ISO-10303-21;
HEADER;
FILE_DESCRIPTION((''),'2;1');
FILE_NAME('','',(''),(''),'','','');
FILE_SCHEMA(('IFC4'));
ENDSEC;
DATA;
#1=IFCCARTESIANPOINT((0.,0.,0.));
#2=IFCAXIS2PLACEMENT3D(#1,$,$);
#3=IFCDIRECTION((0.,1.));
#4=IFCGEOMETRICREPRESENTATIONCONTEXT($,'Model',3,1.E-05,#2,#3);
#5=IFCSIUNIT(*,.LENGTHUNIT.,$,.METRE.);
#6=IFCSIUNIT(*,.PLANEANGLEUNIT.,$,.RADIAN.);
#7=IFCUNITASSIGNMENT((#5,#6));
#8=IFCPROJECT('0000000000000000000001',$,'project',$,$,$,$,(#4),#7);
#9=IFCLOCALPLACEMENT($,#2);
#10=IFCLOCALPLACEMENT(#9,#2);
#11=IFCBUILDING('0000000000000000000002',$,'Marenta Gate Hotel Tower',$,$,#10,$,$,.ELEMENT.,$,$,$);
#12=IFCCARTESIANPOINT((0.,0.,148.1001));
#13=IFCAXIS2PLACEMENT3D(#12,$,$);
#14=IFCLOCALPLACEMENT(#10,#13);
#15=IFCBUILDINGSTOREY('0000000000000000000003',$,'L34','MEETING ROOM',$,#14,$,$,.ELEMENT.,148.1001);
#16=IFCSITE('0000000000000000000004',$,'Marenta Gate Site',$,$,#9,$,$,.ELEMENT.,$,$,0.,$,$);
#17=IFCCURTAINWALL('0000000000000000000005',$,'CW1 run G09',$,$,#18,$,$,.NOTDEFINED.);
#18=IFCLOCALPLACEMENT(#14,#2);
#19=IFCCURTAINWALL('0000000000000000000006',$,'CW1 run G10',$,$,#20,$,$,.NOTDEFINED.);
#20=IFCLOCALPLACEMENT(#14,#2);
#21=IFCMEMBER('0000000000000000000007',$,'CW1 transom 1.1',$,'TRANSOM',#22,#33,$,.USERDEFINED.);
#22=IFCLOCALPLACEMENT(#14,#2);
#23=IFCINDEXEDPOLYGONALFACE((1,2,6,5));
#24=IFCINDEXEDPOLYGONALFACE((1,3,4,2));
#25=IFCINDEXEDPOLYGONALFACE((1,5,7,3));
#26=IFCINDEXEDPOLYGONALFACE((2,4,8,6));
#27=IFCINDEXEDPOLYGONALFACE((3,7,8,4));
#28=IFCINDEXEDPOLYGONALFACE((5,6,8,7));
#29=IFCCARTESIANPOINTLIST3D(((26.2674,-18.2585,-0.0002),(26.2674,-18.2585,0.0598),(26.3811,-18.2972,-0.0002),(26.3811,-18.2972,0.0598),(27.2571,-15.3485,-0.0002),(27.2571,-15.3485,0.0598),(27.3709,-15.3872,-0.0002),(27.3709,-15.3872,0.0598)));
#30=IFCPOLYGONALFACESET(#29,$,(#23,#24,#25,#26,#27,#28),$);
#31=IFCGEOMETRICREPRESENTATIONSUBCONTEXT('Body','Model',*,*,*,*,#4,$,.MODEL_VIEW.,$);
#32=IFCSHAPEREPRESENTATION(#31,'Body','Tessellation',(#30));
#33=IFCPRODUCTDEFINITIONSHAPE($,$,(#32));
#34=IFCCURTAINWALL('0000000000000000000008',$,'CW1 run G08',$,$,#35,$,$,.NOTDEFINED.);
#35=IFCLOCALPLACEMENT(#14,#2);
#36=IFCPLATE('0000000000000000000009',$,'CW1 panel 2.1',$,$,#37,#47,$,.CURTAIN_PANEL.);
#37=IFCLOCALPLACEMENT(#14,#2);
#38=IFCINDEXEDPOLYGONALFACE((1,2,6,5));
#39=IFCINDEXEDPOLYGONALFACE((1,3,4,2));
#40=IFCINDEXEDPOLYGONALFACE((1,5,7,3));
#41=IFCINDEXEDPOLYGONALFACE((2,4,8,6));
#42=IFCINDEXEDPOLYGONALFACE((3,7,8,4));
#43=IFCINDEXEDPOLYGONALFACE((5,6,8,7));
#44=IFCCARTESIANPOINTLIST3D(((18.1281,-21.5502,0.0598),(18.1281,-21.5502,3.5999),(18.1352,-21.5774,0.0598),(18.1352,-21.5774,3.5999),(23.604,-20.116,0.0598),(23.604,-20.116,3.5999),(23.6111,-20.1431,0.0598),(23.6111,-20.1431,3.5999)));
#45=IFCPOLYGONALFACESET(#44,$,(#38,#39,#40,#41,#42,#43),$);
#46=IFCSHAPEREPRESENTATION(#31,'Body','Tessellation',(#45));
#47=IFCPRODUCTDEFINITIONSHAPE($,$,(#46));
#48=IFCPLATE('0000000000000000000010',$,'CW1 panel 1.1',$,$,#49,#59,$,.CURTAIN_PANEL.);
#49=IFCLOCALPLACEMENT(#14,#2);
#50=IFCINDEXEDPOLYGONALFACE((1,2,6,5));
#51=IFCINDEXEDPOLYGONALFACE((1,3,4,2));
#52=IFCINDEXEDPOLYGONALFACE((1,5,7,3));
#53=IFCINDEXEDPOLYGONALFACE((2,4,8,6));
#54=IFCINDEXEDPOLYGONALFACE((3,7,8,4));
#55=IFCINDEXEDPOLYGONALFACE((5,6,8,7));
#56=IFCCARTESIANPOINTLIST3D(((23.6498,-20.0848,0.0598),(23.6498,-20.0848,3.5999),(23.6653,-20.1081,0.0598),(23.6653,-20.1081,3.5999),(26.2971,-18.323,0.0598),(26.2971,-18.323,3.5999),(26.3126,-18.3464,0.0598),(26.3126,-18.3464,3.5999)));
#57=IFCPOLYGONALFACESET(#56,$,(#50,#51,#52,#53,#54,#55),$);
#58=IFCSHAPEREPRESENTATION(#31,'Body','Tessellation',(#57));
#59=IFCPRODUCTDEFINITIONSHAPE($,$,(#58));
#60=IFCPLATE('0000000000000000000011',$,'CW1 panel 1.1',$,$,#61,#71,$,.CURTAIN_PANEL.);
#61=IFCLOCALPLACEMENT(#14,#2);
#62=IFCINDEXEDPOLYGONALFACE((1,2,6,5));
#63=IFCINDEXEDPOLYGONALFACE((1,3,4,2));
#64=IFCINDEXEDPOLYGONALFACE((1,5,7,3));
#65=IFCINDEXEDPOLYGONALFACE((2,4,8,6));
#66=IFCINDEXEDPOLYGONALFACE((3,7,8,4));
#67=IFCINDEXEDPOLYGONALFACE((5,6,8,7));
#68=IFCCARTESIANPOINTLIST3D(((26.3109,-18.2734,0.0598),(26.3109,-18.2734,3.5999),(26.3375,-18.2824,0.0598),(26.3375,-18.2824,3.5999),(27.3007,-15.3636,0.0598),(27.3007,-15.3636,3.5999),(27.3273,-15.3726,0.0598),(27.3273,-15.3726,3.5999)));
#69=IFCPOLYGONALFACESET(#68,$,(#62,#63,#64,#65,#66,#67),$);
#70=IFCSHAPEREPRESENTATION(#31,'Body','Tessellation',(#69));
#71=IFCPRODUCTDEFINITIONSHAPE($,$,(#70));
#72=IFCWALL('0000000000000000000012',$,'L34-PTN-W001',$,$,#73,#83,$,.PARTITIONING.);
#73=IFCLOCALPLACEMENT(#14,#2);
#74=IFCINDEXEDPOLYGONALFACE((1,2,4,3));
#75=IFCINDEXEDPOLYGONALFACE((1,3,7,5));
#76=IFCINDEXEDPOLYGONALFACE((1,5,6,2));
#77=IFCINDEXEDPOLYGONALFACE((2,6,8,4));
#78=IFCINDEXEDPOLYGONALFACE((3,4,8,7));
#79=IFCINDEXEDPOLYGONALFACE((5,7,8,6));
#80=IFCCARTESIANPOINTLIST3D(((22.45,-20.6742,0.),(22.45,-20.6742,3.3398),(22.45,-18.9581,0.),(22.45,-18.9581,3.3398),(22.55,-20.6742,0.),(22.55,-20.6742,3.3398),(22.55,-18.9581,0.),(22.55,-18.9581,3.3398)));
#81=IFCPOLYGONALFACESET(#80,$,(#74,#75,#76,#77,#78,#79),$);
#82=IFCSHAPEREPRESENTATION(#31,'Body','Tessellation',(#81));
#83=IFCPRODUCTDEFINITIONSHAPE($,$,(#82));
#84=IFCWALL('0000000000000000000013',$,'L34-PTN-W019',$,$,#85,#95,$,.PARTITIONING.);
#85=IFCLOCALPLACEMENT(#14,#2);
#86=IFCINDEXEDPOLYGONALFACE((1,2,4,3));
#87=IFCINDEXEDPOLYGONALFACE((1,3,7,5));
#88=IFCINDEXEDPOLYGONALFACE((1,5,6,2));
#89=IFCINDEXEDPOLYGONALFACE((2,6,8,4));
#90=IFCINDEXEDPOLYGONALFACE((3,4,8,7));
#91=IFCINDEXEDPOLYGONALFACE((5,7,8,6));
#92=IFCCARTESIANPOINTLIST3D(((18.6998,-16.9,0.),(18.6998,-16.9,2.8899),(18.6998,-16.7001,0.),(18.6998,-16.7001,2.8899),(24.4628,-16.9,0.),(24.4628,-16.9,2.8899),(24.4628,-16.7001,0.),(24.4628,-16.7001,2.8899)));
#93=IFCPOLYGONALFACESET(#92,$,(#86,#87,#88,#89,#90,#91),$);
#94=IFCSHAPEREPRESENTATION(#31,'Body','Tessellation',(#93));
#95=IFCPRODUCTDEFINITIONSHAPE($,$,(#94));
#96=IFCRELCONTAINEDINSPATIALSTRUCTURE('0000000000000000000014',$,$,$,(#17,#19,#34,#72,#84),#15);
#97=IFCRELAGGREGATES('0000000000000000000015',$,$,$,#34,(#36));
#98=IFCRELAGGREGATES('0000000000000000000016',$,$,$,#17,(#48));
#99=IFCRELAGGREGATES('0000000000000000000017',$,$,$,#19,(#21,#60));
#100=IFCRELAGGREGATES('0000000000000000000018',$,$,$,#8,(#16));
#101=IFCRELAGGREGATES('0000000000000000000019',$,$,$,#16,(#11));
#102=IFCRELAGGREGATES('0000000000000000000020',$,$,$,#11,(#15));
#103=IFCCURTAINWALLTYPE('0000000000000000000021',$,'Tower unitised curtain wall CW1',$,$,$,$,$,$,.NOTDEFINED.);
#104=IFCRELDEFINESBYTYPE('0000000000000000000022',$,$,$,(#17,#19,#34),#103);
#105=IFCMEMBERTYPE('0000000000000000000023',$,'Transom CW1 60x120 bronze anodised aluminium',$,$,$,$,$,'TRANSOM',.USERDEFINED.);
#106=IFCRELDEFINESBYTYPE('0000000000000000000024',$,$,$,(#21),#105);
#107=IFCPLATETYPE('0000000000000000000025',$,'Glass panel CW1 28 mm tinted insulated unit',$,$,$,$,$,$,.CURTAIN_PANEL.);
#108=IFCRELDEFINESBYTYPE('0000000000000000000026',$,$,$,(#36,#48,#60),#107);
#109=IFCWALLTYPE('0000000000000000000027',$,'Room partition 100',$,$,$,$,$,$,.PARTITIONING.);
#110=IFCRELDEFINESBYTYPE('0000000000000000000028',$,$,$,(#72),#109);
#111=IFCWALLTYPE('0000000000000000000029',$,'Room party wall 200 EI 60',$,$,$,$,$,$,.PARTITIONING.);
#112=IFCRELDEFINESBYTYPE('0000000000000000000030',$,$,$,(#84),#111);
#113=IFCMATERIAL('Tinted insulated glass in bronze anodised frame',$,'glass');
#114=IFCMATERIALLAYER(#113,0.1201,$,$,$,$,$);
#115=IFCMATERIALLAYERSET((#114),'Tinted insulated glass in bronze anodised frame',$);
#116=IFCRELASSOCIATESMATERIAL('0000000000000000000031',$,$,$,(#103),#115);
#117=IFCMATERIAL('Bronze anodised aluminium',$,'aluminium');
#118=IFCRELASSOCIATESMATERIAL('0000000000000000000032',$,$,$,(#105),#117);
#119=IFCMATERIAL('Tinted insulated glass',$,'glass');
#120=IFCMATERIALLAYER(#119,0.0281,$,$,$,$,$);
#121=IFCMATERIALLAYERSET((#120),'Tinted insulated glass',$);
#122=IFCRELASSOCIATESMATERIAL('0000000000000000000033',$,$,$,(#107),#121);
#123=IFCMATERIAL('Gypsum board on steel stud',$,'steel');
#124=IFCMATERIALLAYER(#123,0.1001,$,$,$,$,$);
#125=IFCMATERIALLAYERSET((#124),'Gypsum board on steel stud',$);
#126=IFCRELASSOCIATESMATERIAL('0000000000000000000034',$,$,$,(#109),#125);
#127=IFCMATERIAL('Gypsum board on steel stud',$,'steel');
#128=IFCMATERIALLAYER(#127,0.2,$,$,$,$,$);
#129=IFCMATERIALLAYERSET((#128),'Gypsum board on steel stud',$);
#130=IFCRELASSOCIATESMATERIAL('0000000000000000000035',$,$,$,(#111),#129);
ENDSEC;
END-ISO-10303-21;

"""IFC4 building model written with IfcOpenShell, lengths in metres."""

from ifc_helpers import new_model, si_unit, direction, frame, frame_2d, origin, origin_2d, place, context, subcontext, project, spatial, rectangle, extrude, material, layer, layer_set, material_profile, profile_set, type_object, element, aggregate, save


model = new_model("IFC4")

# Units and contexts
model_context = context("Model", 3, precision=1e-05, world=origin(), true_north=direction((0.0, 1.0)))
body_context = subcontext(model_context, "Body", "Model", "MODEL_VIEW")
ifc_project = project(units=[si_unit("LENGTHUNIT", "METRE"), si_unit("PLANEANGLEUNIT", "RADIAN")], contexts=[model_context])

# Site, building, storey
site_placement = place(None, origin())
site = spatial("IfcSite", under=ifc_project, at=site_placement, Name="Marenta Gate Site", CompositionType="ELEMENT", RefElevation=0.0)
building_placement = place(site_placement, origin())
building = spatial("IfcBuilding", under=site, at=building_placement, Name="Marenta Gate Hotel Tower", CompositionType="ELEMENT")
storey_placement = place(building_placement, frame((0.0, 0.0, 148.1001)))
storey = spatial("IfcBuildingStorey", under=building, at=storey_placement, Name="L34", Description="MEETING ROOM", CompositionType="ELEMENT", Elevation=148.1001)

# Curtain walls
ifc_material_1 = material(Name="Tinted insulated glass in bronze anodised frame", Category="glass")
ifc_layer_1 = layer(ifc_material_1, 0.1201)
ifc_layer_set_1 = layer_set([ifc_layer_1], Name="Tinted insulated glass in bronze anodised frame")
curtain_wall_type = type_object("IfcCurtainWallType", Name="Tower unitised curtain wall CW1", PredefinedType="NOTDEFINED", material=ifc_layer_set_1)
curtain_wall_1_placement = place(storey_placement, origin())
curtain_wall_1 = element("IfcCurtainWall", 1, at=curtain_wall_1_placement, inside=storey, type_object=curtain_wall_type, Name="CW1 run G09", PredefinedType="NOTDEFINED")
curtain_wall_2_placement = place(storey_placement, origin())
curtain_wall_2 = element("IfcCurtainWall", 2, at=curtain_wall_2_placement, inside=storey, type_object=curtain_wall_type, Name="CW1 run G10", PredefinedType="NOTDEFINED")

# Member
ifc_material_2 = material(Name="Bronze anodised aluminium", Category="aluminium")
ifc_material_profile_1 = material_profile(ifc_material_2, rectangle(XDim=0.1201, YDim=0.0601, at=origin_2d()), Name="Transom CW1 60x120 bronze anodised aluminium")
ifc_profile_set_1 = profile_set([ifc_material_profile_1], Name="Bronze anodised aluminium")
member_type_1 = type_object("IfcMemberType", Name="Transom CW1 60x120 bronze anodised aluminium", ElementType="TRANSOM", PredefinedType="USERDEFINED", material=ifc_profile_set_1)
member_1_placement = place(storey_placement, frame((26.3242, -18.2778, 0.0298), z_axis=(0.322012, 0.946735, 0.0), x_axis=(-0.946735, 0.322012, 0.0)))
member_1 = element("IfcMember", 3, at=member_1_placement, type_object=member_type_1, Name="CW1 transom 1.1", ObjectType="TRANSOM", PredefinedType="USERDEFINED", context=body_context, shape_type="SweptSolid", body=[
    extrude(rectangle(XDim=0.1201, YDim=0.0601, at=origin_2d()), origin(), (0.0, 0.0, 1.0), 3.0737),
])

# Curtain wall, plate
curtain_wall_3_placement = place(storey_placement, origin())
curtain_wall_3 = element("IfcCurtainWall", 4, at=curtain_wall_3_placement, inside=storey, type_object=curtain_wall_type, Name="CW1 run G08", PredefinedType="NOTDEFINED")
ifc_material_3 = material(Name="Tinted insulated glass", Category="glass")
ifc_layer_2 = layer(ifc_material_3, 0.0281)
ifc_layer_set_2 = layer_set([ifc_layer_2], Name="Tinted insulated glass")
plate_type = type_object("IfcPlateType", Name="Glass panel CW1 28 mm tinted insulated unit", PredefinedType="CURTAIN_PANEL", material=ifc_layer_set_2)
plate_1_placement = place(storey_placement, frame((20.8696, -20.8467, 0.0598), z_axis=(0.0, 0.0, 1.0), x_axis=(0.967368, 0.253374, 0.0)))
plate_1 = element("IfcPlate", 5, at=plate_1_placement, type_object=plate_type, Name="CW1 panel 2.1", PredefinedType="CURTAIN_PANEL", context=body_context, shape_type="SweptSolid", body=[
    extrude(rectangle(XDim=5.6606, YDim=0.0281, at=origin_2d()), origin(), (0.0, 0.0, 1.0), 3.54),
])
aggregate(curtain_wall_3, [plate_1])

# Plates
plate_2_placement = place(storey_placement, frame((24.9812, -19.2156, 0.0598), z_axis=(0.0, 0.0, 1.0), x_axis=(0.832506, 0.554016, 0.0)))
plate_2 = element("IfcPlate", 6, at=plate_2_placement, type_object=plate_type, Name="CW1 panel 1.1", PredefinedType="CURTAIN_PANEL", context=body_context, shape_type="SweptSolid", body=[
    extrude(rectangle(XDim=3.1799, YDim=0.0281, at=origin_2d()), origin(), (0.0, 0.0, 1.0), 3.54),
])
aggregate(curtain_wall_1, [plate_2])
plate_3_placement = place(storey_placement, frame((26.8191, -16.823, 0.0598), z_axis=(0.0, 0.0, 1.0), x_axis=(0.322033, 0.946728, 0.0)))
plate_3 = element("IfcPlate", 7, at=plate_3_placement, type_object=plate_type, Name="CW1 panel 1.1", PredefinedType="CURTAIN_PANEL", context=body_context, shape_type="SweptSolid", body=[
    extrude(rectangle(XDim=3.0735, YDim=0.0281, at=origin_2d()), origin(), (0.0, 0.0, 1.0), 3.54),
])
aggregate(curtain_wall_2, [member_1, plate_3])

# Walls
ifc_material_4 = material(Name="Gypsum board on steel stud", Category="steel")
ifc_layer_3 = layer(ifc_material_4, 0.1001)
ifc_layer_set_3 = layer_set([ifc_layer_3], Name="Gypsum board on steel stud")
wall_type_1 = type_object("IfcWallType", Name="Room partition 100", PredefinedType="PARTITIONING", material=ifc_layer_set_3)
wall_1_placement = place(storey_placement, frame((22.5, -20.6741, 0.0), z_axis=(0.0, 0.0, 1.0), x_axis=(0.0, 1.0, 0.0)))
element("IfcWall", 8, at=wall_1_placement, inside=storey, type_object=wall_type_1, Name="L34-PTN-W001", PredefinedType="PARTITIONING", context=body_context, shape_type="SweptSolid", body=[
    extrude(rectangle(XDim=1.7161, YDim=0.1001, at=frame_2d((0.8579, 0.0))), origin(), (0.0, 0.0, 1.0), 3.3398),
])
ifc_material_5 = material(Name="Gypsum board on steel stud", Category="steel")
ifc_layer_4 = layer(ifc_material_5, 0.2)
ifc_layer_set_4 = layer_set([ifc_layer_4], Name="Gypsum board on steel stud")
wall_type_2 = type_object("IfcWallType", Name="Room party wall 200 EI 60", PredefinedType="PARTITIONING", material=ifc_layer_set_4)
wall_2_placement = place(storey_placement, frame((18.7, -16.8, 0.0), z_axis=(0.0, 0.0, 1.0), x_axis=(1.0, 0.0, 0.0)))
element("IfcWall", 9, at=wall_2_placement, inside=storey, type_object=wall_type_2, Name="L34-PTN-W019", PredefinedType="PARTITIONING", context=body_context, shape_type="SweptSolid", body=[
    extrude(rectangle(XDim=5.7629, YDim=0.2, at=frame_2d((2.8813, 0.0))), origin(), (0.0, 0.0, 1.0), 2.8899),
])

save(model, "model.ifc")
